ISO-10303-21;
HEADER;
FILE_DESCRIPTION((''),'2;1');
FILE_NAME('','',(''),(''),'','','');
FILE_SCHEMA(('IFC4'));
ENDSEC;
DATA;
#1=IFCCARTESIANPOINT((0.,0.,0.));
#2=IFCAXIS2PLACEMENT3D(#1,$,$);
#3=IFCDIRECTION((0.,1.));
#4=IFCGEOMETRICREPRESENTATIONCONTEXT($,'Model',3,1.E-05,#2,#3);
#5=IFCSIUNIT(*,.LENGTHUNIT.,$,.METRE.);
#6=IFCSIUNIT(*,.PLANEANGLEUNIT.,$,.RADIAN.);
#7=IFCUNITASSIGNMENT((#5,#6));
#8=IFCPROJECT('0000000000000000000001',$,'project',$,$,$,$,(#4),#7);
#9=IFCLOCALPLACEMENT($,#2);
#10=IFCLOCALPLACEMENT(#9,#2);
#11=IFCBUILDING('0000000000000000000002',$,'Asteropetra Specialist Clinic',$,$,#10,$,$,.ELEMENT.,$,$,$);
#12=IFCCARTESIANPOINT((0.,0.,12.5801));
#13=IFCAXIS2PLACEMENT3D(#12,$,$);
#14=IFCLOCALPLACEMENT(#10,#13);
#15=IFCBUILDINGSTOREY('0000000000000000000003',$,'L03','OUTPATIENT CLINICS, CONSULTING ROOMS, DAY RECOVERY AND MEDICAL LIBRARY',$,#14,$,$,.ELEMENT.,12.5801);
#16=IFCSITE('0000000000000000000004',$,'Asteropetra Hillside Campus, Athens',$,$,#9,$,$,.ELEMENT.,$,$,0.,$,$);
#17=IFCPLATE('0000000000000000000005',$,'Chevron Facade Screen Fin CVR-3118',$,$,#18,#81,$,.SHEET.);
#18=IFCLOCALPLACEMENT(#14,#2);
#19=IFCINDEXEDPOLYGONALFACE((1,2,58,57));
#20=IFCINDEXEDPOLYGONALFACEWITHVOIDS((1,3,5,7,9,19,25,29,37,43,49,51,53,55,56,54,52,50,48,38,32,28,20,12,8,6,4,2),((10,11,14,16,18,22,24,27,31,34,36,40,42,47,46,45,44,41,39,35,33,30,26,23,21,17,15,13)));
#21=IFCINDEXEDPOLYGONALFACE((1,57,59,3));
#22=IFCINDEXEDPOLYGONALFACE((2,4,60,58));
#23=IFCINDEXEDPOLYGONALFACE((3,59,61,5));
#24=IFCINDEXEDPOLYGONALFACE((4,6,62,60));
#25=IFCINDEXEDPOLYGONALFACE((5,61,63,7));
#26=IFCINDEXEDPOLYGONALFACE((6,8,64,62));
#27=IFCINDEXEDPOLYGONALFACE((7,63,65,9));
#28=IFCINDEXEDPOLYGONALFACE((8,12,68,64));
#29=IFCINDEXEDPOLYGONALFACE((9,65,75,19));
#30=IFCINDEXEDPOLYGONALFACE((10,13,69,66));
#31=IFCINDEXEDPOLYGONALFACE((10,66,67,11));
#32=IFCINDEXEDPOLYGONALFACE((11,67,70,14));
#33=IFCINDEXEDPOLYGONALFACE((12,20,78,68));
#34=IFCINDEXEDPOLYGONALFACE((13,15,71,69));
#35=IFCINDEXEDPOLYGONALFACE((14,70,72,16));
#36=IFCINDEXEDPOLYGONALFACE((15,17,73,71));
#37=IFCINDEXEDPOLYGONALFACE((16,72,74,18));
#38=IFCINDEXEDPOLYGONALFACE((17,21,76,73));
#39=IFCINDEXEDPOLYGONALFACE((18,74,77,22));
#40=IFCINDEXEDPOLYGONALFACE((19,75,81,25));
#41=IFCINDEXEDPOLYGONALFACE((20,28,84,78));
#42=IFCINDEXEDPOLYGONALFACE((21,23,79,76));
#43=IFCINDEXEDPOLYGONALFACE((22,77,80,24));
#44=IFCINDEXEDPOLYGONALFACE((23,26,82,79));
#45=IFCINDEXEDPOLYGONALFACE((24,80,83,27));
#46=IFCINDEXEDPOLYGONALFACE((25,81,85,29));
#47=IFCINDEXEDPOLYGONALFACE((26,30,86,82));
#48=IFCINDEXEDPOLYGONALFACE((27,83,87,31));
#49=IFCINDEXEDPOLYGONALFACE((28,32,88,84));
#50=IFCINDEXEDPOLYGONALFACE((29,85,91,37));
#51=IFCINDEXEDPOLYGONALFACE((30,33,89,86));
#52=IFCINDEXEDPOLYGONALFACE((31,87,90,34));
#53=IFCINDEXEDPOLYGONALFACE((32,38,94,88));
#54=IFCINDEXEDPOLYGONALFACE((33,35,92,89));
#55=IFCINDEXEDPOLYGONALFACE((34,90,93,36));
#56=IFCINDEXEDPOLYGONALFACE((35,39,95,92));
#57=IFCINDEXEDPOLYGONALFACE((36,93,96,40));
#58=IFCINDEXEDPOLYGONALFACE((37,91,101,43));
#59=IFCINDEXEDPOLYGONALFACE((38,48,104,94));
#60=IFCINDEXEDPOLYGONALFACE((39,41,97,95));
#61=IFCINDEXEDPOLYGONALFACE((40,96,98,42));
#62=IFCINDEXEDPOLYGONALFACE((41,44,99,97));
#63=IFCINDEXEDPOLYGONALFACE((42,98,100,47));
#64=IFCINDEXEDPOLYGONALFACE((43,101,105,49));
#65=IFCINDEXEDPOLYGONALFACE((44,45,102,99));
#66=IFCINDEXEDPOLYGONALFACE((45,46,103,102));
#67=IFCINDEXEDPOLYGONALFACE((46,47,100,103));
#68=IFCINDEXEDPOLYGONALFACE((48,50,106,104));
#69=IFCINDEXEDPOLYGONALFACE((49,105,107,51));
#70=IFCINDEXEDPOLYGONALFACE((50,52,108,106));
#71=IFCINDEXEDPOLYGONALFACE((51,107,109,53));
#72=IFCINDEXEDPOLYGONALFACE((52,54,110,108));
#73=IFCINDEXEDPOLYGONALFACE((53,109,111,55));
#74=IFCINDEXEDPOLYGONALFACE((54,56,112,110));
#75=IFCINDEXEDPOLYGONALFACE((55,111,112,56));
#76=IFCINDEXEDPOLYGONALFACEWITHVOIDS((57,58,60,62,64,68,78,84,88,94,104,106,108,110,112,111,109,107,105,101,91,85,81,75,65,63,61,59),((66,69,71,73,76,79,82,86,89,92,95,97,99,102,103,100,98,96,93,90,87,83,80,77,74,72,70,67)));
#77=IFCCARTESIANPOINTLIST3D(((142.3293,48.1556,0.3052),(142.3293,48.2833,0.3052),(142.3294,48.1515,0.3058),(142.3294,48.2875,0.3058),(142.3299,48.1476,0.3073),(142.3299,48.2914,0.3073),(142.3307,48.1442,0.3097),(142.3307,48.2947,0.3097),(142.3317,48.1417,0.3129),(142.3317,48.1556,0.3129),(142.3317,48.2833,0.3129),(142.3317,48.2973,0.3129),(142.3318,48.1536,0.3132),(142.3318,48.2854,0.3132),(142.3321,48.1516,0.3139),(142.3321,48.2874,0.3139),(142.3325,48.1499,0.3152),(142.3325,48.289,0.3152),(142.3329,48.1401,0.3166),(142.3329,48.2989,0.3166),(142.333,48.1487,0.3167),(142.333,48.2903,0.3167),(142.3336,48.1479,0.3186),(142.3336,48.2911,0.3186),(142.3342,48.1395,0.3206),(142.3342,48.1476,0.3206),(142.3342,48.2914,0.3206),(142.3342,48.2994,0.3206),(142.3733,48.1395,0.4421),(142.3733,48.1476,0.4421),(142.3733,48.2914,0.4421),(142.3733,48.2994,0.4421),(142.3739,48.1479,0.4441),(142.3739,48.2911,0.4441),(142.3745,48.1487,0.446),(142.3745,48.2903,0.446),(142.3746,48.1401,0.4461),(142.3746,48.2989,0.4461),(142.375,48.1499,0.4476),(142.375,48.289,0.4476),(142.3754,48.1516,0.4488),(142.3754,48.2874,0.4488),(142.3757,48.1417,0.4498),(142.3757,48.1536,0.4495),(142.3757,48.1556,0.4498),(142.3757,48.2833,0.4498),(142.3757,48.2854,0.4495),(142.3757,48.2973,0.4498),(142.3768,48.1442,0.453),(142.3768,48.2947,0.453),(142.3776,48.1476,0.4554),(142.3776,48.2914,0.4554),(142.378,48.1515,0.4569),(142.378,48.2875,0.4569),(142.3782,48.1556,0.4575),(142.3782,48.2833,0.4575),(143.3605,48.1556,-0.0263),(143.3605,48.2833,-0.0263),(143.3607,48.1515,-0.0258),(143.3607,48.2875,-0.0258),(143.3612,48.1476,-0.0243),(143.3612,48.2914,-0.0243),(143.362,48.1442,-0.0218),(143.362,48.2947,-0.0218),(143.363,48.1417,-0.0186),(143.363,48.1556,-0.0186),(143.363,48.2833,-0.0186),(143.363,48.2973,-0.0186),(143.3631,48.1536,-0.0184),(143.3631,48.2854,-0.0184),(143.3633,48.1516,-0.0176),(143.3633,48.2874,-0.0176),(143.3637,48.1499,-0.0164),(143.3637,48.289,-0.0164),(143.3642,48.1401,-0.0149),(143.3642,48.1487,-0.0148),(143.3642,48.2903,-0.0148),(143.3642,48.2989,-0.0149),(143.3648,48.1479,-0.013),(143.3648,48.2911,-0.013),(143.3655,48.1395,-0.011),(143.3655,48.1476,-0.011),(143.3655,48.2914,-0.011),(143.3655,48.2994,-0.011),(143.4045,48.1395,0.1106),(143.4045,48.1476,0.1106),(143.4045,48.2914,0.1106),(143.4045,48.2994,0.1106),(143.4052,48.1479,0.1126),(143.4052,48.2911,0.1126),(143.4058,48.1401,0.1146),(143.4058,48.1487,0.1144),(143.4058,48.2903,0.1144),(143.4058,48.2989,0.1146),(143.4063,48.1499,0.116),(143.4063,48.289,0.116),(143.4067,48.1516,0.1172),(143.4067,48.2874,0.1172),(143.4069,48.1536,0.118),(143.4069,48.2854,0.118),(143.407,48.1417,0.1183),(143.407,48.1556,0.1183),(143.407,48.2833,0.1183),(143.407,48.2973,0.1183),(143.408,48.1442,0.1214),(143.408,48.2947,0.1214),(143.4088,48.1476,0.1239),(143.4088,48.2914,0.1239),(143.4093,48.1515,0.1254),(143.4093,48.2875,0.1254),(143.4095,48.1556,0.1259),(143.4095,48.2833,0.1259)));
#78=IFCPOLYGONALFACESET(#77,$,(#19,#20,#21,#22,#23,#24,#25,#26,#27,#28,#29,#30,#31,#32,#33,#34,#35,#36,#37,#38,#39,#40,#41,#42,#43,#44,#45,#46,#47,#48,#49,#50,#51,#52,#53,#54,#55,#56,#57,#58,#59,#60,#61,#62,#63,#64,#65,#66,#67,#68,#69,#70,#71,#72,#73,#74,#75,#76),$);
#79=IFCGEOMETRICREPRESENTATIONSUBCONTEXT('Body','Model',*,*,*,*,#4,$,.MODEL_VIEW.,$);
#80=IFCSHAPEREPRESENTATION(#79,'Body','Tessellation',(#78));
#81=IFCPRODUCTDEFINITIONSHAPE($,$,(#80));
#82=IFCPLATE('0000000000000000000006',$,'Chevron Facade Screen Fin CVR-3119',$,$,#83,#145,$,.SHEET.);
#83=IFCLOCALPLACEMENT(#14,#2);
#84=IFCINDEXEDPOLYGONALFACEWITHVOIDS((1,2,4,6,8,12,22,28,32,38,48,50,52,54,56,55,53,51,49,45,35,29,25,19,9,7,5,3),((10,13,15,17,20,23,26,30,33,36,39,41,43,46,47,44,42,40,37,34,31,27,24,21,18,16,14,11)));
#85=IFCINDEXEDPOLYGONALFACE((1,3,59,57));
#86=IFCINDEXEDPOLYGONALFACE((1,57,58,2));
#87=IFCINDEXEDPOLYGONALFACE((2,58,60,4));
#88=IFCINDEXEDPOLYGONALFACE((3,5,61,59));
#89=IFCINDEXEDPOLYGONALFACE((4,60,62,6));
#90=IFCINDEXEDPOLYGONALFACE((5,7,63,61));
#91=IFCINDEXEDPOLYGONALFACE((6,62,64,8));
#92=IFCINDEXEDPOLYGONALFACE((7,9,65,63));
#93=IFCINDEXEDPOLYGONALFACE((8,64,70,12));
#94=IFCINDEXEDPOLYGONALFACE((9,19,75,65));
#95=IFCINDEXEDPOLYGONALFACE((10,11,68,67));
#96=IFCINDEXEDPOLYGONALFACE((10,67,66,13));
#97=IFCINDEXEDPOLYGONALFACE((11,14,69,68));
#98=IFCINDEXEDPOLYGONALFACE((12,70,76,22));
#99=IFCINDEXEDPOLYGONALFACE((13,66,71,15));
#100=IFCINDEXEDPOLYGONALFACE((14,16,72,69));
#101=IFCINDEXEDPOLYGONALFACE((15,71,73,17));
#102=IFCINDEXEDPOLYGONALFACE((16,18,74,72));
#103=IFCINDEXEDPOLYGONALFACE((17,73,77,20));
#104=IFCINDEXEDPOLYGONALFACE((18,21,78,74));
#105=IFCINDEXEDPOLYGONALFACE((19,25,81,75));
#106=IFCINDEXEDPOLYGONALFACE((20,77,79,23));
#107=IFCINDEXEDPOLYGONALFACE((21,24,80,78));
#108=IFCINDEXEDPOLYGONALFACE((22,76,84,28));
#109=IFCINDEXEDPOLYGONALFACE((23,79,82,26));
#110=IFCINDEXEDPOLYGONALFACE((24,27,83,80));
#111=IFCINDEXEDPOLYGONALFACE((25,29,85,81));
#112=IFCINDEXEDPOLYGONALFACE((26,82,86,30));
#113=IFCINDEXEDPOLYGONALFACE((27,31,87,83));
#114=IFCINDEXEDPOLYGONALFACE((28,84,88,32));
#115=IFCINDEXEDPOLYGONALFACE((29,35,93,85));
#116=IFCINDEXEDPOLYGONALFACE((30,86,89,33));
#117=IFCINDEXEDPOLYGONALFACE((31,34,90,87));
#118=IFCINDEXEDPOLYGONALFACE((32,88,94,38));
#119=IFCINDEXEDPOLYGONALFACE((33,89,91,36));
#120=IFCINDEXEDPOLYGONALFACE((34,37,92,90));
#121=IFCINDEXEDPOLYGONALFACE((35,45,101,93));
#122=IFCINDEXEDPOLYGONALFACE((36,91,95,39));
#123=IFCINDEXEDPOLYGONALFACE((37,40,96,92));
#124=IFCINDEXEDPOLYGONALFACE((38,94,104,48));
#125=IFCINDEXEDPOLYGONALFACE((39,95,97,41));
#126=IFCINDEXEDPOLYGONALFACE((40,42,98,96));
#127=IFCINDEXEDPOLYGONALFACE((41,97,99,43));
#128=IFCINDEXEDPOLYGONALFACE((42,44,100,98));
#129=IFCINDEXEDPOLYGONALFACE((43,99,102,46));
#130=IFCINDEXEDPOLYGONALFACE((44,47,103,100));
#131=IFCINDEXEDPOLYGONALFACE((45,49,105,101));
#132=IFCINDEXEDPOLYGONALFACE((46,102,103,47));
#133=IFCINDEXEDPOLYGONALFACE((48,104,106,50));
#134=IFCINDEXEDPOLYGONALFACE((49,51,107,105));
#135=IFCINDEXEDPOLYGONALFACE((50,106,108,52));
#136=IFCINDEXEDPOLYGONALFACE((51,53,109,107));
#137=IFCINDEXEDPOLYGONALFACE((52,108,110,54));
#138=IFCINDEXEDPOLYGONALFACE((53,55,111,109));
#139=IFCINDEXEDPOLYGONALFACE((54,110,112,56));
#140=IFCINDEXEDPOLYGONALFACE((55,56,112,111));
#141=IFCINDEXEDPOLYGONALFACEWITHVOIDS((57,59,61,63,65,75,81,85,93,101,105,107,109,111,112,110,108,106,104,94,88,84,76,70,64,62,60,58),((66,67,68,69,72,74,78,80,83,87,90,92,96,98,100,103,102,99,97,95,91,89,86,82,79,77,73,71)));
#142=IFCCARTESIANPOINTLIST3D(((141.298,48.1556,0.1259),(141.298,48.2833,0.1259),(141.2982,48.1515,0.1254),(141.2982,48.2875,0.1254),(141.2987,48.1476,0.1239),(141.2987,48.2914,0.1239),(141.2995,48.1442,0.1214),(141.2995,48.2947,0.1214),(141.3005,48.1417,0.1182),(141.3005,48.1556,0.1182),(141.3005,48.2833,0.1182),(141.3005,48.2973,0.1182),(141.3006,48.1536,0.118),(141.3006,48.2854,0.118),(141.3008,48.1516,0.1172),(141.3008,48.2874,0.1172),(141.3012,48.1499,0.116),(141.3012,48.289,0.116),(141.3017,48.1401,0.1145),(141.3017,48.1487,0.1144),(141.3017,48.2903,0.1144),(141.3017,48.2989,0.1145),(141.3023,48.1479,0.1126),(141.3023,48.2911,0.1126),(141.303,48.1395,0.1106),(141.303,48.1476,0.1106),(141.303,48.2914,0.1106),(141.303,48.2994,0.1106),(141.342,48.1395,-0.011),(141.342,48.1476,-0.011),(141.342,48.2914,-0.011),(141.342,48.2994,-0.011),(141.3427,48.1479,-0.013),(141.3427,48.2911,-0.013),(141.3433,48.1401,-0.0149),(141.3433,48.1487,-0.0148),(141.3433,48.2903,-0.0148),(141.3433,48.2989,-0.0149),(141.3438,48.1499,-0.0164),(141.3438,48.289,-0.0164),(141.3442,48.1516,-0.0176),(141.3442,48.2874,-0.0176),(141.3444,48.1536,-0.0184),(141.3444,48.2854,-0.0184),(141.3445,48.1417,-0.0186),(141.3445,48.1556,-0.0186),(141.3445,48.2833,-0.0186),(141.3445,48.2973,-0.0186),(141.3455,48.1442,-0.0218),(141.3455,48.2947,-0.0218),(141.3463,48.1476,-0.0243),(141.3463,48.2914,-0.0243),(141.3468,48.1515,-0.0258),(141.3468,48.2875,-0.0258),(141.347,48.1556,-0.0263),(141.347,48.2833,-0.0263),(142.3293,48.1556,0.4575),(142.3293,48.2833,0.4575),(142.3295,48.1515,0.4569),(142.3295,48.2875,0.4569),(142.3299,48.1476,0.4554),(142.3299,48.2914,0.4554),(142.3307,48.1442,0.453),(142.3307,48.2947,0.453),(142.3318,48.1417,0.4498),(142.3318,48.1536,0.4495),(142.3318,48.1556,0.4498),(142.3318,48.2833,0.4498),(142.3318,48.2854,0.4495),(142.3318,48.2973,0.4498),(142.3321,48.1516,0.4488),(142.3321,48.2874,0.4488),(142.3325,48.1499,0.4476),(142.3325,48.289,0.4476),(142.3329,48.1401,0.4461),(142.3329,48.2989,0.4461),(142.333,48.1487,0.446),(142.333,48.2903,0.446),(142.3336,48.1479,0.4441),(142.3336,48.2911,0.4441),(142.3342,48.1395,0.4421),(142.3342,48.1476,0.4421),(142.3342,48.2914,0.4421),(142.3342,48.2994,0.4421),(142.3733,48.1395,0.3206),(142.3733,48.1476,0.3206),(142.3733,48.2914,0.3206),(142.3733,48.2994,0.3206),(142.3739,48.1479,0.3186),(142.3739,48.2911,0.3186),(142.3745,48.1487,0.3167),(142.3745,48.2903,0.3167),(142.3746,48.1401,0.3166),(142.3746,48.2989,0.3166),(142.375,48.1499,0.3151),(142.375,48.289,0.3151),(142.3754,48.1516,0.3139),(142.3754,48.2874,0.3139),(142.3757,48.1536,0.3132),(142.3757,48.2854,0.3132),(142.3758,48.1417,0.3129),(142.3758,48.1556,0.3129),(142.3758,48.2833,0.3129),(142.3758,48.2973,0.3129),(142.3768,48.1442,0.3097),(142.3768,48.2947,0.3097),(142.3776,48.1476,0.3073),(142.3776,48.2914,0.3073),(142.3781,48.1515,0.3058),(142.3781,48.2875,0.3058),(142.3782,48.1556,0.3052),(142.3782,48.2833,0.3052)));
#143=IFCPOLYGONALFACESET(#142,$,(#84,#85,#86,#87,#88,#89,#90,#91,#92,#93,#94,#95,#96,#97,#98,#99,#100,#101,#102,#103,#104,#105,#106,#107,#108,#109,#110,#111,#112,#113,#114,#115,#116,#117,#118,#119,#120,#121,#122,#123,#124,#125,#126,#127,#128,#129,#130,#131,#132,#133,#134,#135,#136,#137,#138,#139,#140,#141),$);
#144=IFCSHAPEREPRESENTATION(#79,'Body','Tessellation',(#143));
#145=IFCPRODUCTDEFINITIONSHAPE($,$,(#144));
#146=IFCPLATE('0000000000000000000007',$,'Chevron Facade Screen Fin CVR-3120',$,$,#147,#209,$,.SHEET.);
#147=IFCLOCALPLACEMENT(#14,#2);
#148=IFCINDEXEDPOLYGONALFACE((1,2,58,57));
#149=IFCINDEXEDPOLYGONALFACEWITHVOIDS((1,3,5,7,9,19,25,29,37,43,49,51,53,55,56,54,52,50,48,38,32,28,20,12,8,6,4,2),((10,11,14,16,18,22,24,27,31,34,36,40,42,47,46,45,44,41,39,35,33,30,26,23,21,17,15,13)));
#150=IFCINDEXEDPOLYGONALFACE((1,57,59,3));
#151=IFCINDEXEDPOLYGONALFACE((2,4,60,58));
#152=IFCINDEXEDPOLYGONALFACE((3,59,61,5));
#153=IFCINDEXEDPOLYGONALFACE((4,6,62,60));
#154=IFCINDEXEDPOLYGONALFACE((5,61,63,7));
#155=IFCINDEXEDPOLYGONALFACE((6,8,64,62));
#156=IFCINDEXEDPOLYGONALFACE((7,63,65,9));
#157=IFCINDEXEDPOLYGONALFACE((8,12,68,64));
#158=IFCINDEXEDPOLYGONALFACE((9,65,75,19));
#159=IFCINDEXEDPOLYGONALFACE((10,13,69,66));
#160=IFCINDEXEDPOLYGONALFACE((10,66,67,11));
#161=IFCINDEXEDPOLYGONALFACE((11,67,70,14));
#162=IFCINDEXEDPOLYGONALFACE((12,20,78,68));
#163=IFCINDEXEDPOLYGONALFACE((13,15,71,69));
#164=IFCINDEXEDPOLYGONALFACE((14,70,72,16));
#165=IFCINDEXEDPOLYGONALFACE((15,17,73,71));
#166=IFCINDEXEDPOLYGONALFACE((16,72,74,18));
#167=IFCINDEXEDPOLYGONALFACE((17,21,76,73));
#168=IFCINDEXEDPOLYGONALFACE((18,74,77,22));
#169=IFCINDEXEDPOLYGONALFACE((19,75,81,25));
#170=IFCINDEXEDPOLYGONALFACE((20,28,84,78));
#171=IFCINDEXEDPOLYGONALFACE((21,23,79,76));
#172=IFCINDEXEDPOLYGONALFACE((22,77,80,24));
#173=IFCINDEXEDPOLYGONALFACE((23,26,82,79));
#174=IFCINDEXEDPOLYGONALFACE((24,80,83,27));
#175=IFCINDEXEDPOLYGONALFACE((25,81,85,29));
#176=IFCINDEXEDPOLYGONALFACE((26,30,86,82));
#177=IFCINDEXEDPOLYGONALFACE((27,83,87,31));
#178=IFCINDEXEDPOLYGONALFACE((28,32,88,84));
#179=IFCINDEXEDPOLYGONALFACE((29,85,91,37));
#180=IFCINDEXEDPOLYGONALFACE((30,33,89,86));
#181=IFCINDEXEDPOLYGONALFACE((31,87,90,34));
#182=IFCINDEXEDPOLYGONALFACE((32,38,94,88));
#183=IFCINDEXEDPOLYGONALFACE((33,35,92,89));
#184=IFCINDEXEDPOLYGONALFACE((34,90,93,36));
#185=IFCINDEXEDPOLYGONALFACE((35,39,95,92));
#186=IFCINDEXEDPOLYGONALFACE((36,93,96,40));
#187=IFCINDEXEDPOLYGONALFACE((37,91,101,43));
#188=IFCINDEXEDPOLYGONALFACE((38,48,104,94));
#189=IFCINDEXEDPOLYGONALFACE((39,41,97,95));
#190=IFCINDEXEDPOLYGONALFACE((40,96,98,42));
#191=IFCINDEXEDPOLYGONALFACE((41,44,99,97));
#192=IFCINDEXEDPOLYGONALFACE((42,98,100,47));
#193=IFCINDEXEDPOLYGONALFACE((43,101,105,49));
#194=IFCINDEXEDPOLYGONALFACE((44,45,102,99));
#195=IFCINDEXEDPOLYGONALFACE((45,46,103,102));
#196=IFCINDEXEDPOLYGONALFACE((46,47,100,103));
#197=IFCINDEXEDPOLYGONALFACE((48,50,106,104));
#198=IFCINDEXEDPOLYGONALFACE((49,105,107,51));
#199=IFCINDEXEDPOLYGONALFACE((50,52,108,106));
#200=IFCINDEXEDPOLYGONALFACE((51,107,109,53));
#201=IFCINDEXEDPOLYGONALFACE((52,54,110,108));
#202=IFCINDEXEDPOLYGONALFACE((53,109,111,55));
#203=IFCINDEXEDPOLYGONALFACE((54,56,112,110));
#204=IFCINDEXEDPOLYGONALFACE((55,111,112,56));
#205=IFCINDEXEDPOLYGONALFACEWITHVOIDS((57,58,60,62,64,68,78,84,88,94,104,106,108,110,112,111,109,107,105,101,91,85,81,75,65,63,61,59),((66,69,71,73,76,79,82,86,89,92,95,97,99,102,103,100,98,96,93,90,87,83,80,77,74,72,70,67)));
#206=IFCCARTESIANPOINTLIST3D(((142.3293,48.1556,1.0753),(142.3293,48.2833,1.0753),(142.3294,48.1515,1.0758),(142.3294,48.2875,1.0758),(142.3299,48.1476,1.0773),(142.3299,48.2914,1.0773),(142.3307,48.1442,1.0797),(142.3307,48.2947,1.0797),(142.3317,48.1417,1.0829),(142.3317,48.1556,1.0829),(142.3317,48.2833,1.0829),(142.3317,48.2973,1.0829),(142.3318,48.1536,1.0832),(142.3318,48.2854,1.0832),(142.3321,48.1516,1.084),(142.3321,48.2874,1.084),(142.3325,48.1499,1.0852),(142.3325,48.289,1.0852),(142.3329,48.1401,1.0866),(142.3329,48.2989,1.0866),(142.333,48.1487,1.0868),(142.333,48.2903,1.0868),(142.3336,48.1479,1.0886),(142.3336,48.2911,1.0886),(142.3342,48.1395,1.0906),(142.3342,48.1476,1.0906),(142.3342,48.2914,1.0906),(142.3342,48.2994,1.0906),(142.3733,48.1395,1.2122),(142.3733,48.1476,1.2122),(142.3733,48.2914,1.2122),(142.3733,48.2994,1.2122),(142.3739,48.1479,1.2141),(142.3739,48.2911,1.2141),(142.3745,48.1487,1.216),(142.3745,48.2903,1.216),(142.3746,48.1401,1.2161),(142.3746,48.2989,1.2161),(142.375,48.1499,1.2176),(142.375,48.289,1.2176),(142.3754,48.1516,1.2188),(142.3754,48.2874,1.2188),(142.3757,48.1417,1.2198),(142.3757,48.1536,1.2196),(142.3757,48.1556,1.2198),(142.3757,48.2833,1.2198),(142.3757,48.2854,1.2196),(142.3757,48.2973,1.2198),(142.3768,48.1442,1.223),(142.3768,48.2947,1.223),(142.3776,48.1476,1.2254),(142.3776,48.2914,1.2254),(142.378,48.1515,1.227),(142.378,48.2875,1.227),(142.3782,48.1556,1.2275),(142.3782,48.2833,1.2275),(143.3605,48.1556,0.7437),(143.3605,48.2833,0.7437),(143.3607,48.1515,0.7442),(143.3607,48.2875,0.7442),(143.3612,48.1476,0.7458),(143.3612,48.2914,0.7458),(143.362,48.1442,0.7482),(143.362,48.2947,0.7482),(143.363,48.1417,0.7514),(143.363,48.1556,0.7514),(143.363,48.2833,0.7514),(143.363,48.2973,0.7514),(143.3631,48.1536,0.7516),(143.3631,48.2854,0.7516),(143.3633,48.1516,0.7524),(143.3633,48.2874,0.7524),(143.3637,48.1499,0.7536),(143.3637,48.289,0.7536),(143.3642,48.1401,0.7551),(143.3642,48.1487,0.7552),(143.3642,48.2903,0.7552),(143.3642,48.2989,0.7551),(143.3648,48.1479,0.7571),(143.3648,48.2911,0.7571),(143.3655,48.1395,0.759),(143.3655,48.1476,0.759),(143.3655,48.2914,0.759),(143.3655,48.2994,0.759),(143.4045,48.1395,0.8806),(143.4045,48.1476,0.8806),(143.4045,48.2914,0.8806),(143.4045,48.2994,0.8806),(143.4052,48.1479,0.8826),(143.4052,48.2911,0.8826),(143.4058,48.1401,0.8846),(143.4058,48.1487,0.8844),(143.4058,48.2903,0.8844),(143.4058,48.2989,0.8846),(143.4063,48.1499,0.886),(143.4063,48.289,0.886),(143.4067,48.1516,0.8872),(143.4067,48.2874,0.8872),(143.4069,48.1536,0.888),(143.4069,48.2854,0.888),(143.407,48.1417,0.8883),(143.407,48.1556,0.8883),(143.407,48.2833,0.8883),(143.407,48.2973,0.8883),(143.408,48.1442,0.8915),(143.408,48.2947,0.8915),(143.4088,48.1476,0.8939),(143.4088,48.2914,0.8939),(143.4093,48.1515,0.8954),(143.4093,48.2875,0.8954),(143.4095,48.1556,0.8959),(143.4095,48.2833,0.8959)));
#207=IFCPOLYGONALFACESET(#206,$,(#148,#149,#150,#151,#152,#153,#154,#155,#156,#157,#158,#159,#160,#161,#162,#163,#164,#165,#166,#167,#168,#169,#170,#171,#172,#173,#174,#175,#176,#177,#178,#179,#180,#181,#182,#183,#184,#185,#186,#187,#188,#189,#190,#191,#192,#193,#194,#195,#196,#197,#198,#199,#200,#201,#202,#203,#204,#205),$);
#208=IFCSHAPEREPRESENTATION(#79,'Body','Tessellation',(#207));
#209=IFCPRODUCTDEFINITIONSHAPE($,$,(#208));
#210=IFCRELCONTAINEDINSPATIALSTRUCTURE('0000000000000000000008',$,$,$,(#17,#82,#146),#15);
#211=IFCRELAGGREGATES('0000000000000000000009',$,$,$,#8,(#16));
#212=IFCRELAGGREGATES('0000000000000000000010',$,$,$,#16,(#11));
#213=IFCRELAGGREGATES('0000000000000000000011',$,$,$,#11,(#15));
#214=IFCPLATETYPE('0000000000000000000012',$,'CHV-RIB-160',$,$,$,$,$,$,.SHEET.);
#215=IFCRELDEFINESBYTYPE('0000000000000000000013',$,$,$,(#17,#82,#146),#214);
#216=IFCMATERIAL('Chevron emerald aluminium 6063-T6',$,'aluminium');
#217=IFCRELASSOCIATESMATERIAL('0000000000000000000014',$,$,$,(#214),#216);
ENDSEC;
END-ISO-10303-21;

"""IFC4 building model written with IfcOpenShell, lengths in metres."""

from ifc_helpers import new_model, si_unit, direction, frame, origin, origin_2d, place, context, subcontext, project, spatial, hollow_rectangle, extrude, material, material_profile, profile_set, type_object, element, save


model = new_model("IFC4")

# Units and contexts
model_context = context("Model", 3, precision=1e-05, world=origin(), true_north=direction((0.0, 1.0)))
body_context = subcontext(model_context, "Body", "Model", "MODEL_VIEW")
ifc_project = project(units=[si_unit("LENGTHUNIT", "METRE"), si_unit("PLANEANGLEUNIT", "RADIAN")], contexts=[model_context])

# Site, building, storey
site_placement = place(None, origin())
site = spatial("IfcSite", under=ifc_project, at=site_placement, Name="Asteropetra Hillside Campus, Athens", CompositionType="ELEMENT", RefElevation=0.0)
building_placement = place(site_placement, origin())
building = spatial("IfcBuilding", under=site, at=building_placement, Name="Asteropetra Specialist Clinic", CompositionType="ELEMENT")
storey_placement = place(building_placement, frame((0.0, 0.0, 12.5801)))
storey = spatial("IfcBuildingStorey", under=building, at=storey_placement, Name="L03", Description="OUTPATIENT CLINICS, CONSULTING ROOMS, DAY RECOVERY AND MEDICAL LIBRARY", CompositionType="ELEMENT", Elevation=12.5801)

# Plates
ifc_material_1 = material(Name="Chevron emerald aluminium 6063-T6", Category="aluminium")
ifc_material_profile = material_profile(ifc_material_1, hollow_rectangle(XDim=0.1599, YDim=0.1599, WallThickness=0.0081, InnerFilletRadius=0.0081, OuterFilletRadius=0.0161, at=origin_2d()), Name="SHS 160x160x8.0")
ifc_profile_set = profile_set([ifc_material_profile], Name="Chevron emerald aluminium 6063-T6")
plate_type_1 = type_object("IfcPlateType", Name="CHV-RIB-160", PredefinedType="SHEET", material=ifc_profile_set)
for number, where, z_axis, x_axis, name in (
    (1, (143.385, 48.2195, 0.0498), (-0.95201, 0.0, 0.306068), (0.0, -1.0, 0.0), "Chevron Facade Screen Fin CVR-3118"),
    (2, (142.3538, 48.2195, 0.3813), (-0.95201, 0.0, -0.306068), (0.0, -1.0, 0.0), "Chevron Facade Screen Fin CVR-3119"),
    (3, (143.385, 48.2195, 0.8198), (-0.95201, 0.0, 0.306068), (0.0, -1.0, 0.0), "Chevron Facade Screen Fin CVR-3120"),
):
    element("IfcPlate", number, at=place(storey_placement, frame(where, z_axis=z_axis, x_axis=x_axis)), inside=storey, type_object=plate_type_1, Name=name, PredefinedType="SHEET", context=body_context, shape_type="SweptSolid", body=[
        extrude(hollow_rectangle(XDim=0.1599, YDim=0.1599, WallThickness=0.0081, InnerFilletRadius=0.0081, OuterFilletRadius=0.0161, at=origin_2d()), origin(), (0.0, 0.0, 1.0), 1.0833),
    ])

save(model, "model.ifc")
